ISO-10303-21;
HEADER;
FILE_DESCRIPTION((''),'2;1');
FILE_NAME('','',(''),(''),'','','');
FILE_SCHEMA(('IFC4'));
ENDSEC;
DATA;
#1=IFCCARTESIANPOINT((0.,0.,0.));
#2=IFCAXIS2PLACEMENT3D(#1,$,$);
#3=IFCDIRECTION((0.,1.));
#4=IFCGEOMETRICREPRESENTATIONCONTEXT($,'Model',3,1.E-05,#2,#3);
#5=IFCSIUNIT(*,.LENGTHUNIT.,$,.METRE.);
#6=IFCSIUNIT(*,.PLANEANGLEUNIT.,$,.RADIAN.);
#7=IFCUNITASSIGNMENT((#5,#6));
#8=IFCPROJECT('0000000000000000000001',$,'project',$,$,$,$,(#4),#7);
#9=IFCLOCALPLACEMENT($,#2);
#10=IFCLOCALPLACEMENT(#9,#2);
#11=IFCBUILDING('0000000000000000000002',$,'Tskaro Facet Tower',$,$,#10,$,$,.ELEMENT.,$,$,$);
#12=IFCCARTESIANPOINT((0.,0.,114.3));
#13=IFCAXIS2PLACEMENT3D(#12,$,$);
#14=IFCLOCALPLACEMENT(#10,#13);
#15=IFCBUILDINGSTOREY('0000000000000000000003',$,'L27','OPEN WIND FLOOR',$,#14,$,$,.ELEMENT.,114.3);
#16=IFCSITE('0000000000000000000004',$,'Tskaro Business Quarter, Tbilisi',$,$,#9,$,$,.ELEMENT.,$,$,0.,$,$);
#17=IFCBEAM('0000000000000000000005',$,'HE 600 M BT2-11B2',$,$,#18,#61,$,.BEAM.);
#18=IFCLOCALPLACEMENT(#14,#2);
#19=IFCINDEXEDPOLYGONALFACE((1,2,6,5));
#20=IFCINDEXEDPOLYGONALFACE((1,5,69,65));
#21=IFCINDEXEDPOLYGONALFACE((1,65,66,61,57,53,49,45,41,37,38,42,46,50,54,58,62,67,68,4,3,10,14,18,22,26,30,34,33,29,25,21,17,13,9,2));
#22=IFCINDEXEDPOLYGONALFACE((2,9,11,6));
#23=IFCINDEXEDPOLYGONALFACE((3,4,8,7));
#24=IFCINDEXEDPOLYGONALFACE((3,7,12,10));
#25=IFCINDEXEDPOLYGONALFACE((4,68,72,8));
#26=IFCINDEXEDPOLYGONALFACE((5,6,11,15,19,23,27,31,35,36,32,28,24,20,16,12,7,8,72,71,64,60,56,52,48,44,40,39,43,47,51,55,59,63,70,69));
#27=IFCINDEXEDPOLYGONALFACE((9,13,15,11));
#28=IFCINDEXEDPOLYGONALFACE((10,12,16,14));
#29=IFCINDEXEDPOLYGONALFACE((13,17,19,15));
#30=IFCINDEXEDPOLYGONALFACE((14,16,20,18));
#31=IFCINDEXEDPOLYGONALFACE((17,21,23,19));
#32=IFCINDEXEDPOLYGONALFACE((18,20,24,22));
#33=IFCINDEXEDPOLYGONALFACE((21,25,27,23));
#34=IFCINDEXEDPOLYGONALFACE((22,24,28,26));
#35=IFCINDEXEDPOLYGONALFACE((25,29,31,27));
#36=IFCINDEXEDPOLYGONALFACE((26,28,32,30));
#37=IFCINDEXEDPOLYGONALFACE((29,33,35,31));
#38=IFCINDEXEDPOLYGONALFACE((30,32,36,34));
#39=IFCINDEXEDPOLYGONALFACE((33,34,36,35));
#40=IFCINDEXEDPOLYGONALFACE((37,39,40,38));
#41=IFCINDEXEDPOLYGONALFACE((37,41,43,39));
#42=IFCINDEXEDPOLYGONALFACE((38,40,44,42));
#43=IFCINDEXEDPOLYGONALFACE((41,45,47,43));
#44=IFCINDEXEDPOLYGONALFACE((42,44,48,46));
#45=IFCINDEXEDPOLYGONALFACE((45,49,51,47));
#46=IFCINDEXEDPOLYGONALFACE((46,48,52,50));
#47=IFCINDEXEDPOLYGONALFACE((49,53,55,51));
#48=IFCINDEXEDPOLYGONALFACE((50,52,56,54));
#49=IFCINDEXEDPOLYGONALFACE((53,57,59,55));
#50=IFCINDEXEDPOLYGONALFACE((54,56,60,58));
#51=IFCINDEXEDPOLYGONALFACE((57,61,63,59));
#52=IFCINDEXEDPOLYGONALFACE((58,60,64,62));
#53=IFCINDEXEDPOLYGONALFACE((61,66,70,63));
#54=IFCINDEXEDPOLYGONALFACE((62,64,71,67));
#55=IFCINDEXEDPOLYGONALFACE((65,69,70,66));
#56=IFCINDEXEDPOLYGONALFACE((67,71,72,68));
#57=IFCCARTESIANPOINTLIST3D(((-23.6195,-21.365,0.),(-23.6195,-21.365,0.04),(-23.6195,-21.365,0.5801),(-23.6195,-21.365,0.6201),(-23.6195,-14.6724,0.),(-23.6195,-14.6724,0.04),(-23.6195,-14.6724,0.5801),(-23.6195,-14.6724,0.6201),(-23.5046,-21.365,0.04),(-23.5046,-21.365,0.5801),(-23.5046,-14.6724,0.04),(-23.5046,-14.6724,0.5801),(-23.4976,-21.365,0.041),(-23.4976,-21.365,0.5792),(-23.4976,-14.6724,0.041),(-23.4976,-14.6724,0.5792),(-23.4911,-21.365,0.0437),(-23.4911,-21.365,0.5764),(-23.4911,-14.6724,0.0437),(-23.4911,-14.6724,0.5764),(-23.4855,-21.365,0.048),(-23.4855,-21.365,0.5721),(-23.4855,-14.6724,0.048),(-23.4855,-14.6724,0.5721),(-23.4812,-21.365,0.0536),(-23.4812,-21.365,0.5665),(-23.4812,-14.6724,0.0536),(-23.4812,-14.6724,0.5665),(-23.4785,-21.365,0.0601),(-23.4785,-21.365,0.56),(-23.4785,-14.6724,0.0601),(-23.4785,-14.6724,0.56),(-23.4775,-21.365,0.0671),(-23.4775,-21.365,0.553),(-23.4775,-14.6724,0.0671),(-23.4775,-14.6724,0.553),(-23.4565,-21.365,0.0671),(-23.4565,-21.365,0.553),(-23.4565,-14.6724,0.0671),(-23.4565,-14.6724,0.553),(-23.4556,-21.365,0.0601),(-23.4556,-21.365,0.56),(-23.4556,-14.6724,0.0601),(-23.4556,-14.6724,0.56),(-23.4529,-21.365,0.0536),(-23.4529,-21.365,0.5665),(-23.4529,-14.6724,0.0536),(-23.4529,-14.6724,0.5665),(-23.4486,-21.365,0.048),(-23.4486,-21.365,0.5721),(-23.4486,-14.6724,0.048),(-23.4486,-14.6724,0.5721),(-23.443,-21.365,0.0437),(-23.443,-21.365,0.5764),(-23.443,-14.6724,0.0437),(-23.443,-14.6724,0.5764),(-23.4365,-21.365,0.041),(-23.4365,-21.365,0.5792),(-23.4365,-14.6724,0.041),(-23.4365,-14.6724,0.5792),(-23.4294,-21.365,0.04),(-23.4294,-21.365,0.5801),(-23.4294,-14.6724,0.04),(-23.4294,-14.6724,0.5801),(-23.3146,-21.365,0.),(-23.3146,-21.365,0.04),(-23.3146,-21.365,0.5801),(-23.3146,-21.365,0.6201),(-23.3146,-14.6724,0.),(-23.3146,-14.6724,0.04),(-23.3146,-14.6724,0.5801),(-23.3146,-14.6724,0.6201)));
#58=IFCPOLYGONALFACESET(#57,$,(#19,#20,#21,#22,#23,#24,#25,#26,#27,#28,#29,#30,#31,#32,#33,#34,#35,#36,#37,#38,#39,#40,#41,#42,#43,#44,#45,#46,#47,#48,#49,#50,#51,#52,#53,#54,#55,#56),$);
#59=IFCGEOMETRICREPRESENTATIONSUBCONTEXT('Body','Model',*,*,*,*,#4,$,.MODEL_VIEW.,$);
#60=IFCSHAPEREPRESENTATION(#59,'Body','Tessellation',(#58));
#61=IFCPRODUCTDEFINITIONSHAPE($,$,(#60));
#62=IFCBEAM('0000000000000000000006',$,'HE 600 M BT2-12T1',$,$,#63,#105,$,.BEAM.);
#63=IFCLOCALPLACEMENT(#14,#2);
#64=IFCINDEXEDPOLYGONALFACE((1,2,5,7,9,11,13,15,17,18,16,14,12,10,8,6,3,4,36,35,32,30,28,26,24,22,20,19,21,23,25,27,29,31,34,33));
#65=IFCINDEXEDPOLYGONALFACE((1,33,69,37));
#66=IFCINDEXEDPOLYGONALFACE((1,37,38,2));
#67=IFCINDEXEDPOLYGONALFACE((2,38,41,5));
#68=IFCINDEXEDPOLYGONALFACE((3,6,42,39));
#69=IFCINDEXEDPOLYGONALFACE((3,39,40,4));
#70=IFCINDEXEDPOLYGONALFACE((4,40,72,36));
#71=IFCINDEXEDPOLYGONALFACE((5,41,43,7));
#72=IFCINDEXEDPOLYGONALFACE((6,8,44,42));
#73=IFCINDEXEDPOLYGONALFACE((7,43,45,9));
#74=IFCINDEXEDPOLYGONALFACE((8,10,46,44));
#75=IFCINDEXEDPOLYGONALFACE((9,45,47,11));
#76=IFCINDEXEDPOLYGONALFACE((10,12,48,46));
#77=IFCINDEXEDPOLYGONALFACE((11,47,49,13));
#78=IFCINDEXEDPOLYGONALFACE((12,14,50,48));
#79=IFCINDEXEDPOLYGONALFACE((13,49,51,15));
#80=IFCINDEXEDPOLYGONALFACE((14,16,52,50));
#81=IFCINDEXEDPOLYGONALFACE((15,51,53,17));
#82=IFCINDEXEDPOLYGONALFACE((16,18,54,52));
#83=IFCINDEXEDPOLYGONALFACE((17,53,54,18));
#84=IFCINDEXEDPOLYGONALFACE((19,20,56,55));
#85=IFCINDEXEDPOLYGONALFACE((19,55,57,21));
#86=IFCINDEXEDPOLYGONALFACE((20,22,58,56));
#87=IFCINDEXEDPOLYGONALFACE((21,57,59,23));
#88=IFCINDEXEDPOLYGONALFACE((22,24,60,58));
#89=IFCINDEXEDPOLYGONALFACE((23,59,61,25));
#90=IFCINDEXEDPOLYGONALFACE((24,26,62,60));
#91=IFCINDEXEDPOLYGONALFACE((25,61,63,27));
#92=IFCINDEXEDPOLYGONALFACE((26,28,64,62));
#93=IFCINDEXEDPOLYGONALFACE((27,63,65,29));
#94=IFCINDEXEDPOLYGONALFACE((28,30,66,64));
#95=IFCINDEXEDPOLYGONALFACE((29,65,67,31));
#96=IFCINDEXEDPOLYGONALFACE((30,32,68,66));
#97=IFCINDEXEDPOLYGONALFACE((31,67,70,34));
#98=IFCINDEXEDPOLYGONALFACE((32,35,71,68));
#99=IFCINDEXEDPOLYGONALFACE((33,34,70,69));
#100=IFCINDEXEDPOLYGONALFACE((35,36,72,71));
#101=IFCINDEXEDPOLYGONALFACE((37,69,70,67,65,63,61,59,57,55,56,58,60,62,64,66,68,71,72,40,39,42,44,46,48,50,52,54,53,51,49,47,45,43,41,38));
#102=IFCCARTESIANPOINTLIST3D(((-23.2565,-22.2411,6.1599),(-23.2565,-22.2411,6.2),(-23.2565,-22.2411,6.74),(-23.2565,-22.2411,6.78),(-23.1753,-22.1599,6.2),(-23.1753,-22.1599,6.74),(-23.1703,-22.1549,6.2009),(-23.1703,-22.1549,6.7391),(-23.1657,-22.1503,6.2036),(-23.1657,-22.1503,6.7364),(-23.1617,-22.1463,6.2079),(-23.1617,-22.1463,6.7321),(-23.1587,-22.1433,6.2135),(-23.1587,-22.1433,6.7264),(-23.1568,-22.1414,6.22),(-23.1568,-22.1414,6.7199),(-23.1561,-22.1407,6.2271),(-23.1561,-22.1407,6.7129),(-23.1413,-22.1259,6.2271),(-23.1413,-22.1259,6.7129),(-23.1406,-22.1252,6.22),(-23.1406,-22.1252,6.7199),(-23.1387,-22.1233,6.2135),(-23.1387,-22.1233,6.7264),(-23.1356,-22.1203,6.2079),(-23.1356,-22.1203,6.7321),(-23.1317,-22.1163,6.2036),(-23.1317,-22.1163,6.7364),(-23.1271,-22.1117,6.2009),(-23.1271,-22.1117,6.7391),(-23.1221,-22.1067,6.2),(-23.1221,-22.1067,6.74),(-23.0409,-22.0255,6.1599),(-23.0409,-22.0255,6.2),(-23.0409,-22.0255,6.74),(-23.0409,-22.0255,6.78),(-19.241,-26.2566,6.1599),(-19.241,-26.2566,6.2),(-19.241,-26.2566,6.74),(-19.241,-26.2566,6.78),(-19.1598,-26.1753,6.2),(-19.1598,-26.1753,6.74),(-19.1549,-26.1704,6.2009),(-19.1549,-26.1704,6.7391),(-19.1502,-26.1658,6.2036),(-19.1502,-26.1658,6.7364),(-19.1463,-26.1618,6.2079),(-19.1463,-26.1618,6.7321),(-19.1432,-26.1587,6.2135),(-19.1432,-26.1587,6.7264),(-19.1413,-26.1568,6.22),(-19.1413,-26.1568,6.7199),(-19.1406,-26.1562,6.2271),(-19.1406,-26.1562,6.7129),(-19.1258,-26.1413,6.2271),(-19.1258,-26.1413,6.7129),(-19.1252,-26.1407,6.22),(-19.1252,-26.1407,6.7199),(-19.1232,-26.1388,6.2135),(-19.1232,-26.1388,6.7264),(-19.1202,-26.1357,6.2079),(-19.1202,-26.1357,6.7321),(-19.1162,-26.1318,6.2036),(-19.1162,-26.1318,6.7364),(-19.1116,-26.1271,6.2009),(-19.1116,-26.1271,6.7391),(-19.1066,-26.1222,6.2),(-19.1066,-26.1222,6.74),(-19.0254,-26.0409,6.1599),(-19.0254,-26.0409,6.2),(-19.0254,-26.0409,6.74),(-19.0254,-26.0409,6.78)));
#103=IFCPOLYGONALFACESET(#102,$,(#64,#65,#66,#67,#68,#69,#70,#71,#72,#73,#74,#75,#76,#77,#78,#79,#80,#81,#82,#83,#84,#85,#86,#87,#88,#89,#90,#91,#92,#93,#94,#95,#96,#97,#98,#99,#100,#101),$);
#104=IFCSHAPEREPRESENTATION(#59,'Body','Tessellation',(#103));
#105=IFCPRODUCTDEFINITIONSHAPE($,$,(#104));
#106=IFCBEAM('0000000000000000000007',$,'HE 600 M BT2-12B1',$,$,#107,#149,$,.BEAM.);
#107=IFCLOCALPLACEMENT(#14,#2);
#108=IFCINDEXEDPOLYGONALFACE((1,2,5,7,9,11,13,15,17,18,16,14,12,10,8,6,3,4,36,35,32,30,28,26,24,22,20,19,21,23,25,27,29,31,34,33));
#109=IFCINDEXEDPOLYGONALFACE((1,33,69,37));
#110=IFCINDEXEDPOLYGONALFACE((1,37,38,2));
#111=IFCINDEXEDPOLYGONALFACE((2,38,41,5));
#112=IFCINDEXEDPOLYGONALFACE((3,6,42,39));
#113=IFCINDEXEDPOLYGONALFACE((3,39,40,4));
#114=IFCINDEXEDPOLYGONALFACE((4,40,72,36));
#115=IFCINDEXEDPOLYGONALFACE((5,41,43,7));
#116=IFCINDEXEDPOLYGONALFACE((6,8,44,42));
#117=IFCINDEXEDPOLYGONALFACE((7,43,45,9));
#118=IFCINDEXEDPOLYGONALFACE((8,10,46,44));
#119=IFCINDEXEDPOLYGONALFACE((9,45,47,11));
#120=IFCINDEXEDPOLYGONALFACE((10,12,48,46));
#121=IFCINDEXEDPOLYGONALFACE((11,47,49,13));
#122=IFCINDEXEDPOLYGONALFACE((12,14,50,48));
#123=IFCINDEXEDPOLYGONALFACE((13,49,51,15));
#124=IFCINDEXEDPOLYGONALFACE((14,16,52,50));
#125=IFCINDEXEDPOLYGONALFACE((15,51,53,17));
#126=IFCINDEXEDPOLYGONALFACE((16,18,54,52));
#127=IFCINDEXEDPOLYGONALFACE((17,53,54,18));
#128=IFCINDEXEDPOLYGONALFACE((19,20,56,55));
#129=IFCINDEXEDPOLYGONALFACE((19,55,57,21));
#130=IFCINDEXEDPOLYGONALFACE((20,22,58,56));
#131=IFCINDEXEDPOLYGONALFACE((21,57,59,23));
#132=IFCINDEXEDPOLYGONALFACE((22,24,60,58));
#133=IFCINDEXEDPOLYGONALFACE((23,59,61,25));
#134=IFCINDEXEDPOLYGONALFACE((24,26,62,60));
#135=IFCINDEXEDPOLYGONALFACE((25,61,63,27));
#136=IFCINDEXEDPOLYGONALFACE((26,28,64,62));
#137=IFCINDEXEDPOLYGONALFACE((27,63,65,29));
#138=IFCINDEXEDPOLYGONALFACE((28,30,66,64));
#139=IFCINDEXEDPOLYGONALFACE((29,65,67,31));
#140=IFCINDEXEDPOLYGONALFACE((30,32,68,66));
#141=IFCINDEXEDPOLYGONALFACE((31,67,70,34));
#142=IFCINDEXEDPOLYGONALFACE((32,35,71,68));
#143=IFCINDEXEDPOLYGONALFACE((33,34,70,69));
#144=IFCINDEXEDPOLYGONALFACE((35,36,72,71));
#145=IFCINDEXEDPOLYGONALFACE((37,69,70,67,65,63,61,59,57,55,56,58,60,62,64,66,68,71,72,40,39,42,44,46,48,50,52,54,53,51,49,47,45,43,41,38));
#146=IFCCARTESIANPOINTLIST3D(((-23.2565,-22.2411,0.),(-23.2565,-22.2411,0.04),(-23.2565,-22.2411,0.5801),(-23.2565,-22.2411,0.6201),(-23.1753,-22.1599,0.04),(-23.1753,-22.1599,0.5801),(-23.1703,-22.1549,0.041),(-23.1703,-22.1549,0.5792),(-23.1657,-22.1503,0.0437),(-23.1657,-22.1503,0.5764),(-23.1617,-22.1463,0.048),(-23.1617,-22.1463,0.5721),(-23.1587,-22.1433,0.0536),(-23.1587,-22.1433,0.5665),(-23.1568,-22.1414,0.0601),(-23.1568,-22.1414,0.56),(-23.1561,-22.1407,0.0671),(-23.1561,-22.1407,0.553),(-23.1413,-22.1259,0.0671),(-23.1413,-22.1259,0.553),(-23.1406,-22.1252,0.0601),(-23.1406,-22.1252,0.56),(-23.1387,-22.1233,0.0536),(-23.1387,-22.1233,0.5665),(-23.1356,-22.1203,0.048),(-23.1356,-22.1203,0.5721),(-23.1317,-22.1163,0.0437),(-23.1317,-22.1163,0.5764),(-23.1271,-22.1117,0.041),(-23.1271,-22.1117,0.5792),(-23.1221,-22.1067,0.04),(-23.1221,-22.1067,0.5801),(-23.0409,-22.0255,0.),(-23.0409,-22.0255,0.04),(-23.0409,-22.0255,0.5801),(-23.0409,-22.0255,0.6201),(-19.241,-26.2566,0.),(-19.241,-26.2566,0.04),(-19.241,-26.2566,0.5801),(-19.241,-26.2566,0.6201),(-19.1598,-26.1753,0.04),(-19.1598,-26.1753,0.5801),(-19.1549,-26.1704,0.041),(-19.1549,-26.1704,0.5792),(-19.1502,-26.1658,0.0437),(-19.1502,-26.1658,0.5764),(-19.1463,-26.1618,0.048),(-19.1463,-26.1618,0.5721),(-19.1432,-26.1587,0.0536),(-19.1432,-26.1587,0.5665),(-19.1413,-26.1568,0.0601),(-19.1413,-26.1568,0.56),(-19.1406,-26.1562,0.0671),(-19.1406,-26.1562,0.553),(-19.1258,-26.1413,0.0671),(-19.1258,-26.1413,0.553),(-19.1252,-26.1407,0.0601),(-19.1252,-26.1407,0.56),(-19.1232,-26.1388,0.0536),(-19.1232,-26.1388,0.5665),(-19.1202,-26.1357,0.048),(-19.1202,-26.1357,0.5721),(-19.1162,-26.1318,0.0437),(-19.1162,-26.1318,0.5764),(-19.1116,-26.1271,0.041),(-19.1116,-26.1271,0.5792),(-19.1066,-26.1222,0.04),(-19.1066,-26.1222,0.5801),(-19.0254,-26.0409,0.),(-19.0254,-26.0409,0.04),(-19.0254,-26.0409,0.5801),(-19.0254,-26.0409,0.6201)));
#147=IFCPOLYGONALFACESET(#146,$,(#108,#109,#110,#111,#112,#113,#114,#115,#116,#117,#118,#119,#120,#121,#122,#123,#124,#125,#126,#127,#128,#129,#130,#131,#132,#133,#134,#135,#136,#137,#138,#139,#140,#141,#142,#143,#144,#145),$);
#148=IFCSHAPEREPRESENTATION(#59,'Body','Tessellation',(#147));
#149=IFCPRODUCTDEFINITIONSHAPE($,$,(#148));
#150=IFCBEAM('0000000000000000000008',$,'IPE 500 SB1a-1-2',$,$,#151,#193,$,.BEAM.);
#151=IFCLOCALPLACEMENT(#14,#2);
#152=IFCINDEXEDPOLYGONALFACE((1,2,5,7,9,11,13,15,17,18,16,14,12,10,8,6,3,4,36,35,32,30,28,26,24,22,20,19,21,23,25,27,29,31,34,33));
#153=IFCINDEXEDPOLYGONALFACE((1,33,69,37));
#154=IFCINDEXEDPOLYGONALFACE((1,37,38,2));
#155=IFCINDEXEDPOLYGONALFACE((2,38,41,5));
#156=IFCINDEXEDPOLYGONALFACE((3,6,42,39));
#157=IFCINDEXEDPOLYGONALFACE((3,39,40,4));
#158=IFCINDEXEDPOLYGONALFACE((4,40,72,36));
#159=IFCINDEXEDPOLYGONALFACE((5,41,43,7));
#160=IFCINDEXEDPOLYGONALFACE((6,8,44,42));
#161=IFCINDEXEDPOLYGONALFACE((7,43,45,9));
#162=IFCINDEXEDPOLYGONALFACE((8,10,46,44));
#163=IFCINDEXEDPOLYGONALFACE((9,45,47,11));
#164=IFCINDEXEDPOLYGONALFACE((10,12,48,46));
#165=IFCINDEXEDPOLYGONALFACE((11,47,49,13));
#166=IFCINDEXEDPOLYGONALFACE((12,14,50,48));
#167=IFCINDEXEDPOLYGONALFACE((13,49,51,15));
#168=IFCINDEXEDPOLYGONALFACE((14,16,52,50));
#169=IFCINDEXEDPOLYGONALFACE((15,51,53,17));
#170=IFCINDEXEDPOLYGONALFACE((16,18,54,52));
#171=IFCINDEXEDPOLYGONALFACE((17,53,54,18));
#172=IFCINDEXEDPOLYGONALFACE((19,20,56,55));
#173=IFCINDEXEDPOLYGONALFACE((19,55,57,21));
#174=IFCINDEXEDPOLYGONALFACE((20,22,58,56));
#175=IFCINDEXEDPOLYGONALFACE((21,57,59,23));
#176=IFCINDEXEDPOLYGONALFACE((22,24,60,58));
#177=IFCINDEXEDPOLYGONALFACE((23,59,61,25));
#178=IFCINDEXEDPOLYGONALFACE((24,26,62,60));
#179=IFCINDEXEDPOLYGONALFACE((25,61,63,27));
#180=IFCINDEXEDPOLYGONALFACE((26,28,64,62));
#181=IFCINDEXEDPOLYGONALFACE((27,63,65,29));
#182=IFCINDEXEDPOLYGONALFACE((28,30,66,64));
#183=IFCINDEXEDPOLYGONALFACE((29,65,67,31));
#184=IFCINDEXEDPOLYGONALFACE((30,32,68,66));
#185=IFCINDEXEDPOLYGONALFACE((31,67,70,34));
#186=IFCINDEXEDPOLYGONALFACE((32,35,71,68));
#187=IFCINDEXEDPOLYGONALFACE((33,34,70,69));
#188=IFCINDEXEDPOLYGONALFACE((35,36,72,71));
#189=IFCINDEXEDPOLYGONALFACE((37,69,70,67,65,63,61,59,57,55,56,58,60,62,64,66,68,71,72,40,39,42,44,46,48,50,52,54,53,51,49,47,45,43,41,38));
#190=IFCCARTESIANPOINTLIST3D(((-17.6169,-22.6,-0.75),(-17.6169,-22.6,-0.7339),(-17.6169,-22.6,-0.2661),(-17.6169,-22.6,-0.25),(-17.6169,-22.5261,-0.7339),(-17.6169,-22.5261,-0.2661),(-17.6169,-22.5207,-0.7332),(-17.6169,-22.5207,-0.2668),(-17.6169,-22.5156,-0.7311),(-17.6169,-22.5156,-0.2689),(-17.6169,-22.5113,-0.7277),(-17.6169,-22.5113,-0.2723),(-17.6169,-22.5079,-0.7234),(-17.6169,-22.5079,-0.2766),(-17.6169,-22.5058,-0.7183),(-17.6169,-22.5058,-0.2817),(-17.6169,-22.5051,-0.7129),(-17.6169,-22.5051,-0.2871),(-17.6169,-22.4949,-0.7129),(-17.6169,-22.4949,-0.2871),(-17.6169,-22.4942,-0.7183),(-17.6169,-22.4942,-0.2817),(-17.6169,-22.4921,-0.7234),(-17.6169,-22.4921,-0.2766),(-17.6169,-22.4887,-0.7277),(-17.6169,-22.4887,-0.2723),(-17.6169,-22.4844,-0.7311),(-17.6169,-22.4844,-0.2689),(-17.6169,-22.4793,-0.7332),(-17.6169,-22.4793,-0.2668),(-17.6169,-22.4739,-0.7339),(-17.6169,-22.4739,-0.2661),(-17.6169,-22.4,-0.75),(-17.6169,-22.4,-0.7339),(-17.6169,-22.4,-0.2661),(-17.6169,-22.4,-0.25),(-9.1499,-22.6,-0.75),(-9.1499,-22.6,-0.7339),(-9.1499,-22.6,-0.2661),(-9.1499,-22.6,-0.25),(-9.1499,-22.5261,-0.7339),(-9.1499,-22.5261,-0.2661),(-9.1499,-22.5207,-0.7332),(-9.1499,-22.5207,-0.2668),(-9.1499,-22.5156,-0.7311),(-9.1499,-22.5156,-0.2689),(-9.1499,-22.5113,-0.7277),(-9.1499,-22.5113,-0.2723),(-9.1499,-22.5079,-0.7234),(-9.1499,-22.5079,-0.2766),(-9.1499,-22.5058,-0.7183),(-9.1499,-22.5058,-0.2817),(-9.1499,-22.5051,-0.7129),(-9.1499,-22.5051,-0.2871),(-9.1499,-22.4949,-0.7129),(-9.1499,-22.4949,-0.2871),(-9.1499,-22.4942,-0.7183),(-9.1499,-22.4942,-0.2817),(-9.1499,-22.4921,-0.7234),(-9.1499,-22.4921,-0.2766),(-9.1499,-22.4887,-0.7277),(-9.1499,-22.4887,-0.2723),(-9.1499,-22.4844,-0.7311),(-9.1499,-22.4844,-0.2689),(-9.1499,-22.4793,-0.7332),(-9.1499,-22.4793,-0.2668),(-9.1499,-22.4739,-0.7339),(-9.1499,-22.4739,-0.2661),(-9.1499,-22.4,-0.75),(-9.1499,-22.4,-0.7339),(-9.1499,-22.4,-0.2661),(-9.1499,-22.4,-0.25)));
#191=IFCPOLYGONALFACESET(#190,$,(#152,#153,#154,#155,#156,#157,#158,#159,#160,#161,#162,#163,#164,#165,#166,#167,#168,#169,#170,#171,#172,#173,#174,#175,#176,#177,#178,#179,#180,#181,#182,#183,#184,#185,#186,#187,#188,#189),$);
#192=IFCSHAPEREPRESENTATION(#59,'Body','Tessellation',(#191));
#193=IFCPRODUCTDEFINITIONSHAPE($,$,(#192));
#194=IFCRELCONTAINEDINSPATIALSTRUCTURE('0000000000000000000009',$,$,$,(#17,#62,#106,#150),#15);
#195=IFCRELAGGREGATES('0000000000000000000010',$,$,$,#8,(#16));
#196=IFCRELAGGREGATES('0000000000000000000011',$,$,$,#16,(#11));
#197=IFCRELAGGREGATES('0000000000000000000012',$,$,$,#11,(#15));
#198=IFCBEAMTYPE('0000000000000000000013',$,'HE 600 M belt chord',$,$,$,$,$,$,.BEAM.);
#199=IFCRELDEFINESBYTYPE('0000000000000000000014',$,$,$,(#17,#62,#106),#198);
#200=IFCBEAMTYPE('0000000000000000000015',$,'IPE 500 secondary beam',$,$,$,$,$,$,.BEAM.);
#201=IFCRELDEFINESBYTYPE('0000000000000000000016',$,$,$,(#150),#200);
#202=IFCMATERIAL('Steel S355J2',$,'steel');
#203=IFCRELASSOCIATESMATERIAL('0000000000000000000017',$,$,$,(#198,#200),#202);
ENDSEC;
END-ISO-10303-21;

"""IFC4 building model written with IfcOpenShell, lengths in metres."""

from ifc_helpers import new_model, si_unit, direction, frame, origin, origin_2d, place, context, subcontext, project, spatial, i_section, extrude, material, material_profile, profile_set, type_object, element, save


model = new_model("IFC4")

# Units and contexts
model_context = context("Model", 3, precision=1e-05, world=origin(), true_north=direction((0.0, 1.0)))
body_context = subcontext(model_context, "Body", "Model", "MODEL_VIEW")
ifc_project = project(units=[si_unit("LENGTHUNIT", "METRE"), si_unit("PLANEANGLEUNIT", "RADIAN")], contexts=[model_context])

# Site, building, storey
site_placement = place(None, origin())
site = spatial("IfcSite", under=ifc_project, at=site_placement, Name="Tskaro Business Quarter, Tbilisi", CompositionType="ELEMENT", RefElevation=0.0)
building_placement = place(site_placement, origin())
building = spatial("IfcBuilding", under=site, at=building_placement, Name="Tskaro Facet Tower", CompositionType="ELEMENT")
storey_placement = place(building_placement, frame((0.0, 0.0, 114.3)))
storey = spatial("IfcBuildingStorey", under=building, at=storey_placement, Name="L27", Description="OPEN WIND FLOOR", CompositionType="ELEMENT", Elevation=114.3)

# Shared definitions
ifc_material_1 = material(Name="Steel S355J2", Category="steel")

# Beams
ifc_material_profile_1 = material_profile(ifc_material_1, i_section(OverallWidth=0.3049, OverallDepth=0.6201, WebThickness=0.021, FlangeThickness=0.04, FilletRadius=0.0271, at=origin_2d()), Name="HE 600 M")
ifc_profile_set_1 = profile_set([ifc_material_profile_1], Name="Steel S355J2")
beam_type_1 = type_object("IfcBeamType", Name="HE 600 M belt chord", PredefinedType="BEAM", material=ifc_profile_set_1)
beam_1_placement = place(storey_placement, frame((-23.467, -14.6724, 0.3101), z_axis=(0.0, -1.0, 0.0), x_axis=(1.0, 0.0, 0.0)))
element("IfcBeam", 1, at=beam_1_placement, inside=storey, type_object=beam_type_1, Name="HE 600 M BT2-11B2", PredefinedType="BEAM", context=body_context, shape_type="SweptSolid", body=[
    extrude(i_section(OverallWidth=0.3049, OverallDepth=0.6201, WebThickness=0.021, FlangeThickness=0.04, FilletRadius=0.0271, at=origin_2d()), origin(), (0.0, 0.0, 1.0), 6.6926),
])
for number, where, z_axis, x_axis, name in (
    (2, (-23.1487, -22.1333, 6.47), (0.707107, -0.707107, 0.0), (0.707107, 0.707107, 0.0), "HE 600 M BT2-12T1"),
    (3, (-23.1487, -22.1333, 0.3101), (0.707107, -0.707107, 0.0), (0.707107, 0.707107, 0.0), "HE 600 M BT2-12B1"),
):
    element("IfcBeam", number, at=place(storey_placement, frame(where, z_axis=z_axis, x_axis=x_axis)), inside=storey, type_object=beam_type_1, Name=name, PredefinedType="BEAM", context=body_context, shape_type="SweptSolid", body=[
        extrude(i_section(OverallWidth=0.3049, OverallDepth=0.6201, WebThickness=0.021, FlangeThickness=0.04, FilletRadius=0.0271, at=origin_2d()), origin(), (0.0, 0.0, 1.0), 5.6787),
    ])
ifc_material_profile_2 = material_profile(ifc_material_1, i_section(OverallWidth=0.2, OverallDepth=0.5, WebThickness=0.0103, FlangeThickness=0.0161, FilletRadius=0.021, at=origin_2d()), Name="IPE 500")
ifc_profile_set_2 = profile_set([ifc_material_profile_2], Name="Steel S355J2")
beam_type_2 = type_object("IfcBeamType", Name="IPE 500 secondary beam", PredefinedType="BEAM", material=ifc_profile_set_2)
beam_2_placement = place(storey_placement, frame((-17.6169, -22.5, -0.5), z_axis=(1.0, 0.0, 0.0), x_axis=(0.0, 1.0, 0.0)))
element("IfcBeam", 4, at=beam_2_placement, inside=storey, type_object=beam_type_2, Name="IPE 500 SB1a-1-2", PredefinedType="BEAM", context=body_context, shape_type="SweptSolid", body=[
    extrude(i_section(OverallWidth=0.2, OverallDepth=0.5, WebThickness=0.0103, FlangeThickness=0.0161, FilletRadius=0.021, at=origin_2d()), origin(), (0.0, 0.0, 1.0), 8.467),
])

save(model, "model.ifc")
